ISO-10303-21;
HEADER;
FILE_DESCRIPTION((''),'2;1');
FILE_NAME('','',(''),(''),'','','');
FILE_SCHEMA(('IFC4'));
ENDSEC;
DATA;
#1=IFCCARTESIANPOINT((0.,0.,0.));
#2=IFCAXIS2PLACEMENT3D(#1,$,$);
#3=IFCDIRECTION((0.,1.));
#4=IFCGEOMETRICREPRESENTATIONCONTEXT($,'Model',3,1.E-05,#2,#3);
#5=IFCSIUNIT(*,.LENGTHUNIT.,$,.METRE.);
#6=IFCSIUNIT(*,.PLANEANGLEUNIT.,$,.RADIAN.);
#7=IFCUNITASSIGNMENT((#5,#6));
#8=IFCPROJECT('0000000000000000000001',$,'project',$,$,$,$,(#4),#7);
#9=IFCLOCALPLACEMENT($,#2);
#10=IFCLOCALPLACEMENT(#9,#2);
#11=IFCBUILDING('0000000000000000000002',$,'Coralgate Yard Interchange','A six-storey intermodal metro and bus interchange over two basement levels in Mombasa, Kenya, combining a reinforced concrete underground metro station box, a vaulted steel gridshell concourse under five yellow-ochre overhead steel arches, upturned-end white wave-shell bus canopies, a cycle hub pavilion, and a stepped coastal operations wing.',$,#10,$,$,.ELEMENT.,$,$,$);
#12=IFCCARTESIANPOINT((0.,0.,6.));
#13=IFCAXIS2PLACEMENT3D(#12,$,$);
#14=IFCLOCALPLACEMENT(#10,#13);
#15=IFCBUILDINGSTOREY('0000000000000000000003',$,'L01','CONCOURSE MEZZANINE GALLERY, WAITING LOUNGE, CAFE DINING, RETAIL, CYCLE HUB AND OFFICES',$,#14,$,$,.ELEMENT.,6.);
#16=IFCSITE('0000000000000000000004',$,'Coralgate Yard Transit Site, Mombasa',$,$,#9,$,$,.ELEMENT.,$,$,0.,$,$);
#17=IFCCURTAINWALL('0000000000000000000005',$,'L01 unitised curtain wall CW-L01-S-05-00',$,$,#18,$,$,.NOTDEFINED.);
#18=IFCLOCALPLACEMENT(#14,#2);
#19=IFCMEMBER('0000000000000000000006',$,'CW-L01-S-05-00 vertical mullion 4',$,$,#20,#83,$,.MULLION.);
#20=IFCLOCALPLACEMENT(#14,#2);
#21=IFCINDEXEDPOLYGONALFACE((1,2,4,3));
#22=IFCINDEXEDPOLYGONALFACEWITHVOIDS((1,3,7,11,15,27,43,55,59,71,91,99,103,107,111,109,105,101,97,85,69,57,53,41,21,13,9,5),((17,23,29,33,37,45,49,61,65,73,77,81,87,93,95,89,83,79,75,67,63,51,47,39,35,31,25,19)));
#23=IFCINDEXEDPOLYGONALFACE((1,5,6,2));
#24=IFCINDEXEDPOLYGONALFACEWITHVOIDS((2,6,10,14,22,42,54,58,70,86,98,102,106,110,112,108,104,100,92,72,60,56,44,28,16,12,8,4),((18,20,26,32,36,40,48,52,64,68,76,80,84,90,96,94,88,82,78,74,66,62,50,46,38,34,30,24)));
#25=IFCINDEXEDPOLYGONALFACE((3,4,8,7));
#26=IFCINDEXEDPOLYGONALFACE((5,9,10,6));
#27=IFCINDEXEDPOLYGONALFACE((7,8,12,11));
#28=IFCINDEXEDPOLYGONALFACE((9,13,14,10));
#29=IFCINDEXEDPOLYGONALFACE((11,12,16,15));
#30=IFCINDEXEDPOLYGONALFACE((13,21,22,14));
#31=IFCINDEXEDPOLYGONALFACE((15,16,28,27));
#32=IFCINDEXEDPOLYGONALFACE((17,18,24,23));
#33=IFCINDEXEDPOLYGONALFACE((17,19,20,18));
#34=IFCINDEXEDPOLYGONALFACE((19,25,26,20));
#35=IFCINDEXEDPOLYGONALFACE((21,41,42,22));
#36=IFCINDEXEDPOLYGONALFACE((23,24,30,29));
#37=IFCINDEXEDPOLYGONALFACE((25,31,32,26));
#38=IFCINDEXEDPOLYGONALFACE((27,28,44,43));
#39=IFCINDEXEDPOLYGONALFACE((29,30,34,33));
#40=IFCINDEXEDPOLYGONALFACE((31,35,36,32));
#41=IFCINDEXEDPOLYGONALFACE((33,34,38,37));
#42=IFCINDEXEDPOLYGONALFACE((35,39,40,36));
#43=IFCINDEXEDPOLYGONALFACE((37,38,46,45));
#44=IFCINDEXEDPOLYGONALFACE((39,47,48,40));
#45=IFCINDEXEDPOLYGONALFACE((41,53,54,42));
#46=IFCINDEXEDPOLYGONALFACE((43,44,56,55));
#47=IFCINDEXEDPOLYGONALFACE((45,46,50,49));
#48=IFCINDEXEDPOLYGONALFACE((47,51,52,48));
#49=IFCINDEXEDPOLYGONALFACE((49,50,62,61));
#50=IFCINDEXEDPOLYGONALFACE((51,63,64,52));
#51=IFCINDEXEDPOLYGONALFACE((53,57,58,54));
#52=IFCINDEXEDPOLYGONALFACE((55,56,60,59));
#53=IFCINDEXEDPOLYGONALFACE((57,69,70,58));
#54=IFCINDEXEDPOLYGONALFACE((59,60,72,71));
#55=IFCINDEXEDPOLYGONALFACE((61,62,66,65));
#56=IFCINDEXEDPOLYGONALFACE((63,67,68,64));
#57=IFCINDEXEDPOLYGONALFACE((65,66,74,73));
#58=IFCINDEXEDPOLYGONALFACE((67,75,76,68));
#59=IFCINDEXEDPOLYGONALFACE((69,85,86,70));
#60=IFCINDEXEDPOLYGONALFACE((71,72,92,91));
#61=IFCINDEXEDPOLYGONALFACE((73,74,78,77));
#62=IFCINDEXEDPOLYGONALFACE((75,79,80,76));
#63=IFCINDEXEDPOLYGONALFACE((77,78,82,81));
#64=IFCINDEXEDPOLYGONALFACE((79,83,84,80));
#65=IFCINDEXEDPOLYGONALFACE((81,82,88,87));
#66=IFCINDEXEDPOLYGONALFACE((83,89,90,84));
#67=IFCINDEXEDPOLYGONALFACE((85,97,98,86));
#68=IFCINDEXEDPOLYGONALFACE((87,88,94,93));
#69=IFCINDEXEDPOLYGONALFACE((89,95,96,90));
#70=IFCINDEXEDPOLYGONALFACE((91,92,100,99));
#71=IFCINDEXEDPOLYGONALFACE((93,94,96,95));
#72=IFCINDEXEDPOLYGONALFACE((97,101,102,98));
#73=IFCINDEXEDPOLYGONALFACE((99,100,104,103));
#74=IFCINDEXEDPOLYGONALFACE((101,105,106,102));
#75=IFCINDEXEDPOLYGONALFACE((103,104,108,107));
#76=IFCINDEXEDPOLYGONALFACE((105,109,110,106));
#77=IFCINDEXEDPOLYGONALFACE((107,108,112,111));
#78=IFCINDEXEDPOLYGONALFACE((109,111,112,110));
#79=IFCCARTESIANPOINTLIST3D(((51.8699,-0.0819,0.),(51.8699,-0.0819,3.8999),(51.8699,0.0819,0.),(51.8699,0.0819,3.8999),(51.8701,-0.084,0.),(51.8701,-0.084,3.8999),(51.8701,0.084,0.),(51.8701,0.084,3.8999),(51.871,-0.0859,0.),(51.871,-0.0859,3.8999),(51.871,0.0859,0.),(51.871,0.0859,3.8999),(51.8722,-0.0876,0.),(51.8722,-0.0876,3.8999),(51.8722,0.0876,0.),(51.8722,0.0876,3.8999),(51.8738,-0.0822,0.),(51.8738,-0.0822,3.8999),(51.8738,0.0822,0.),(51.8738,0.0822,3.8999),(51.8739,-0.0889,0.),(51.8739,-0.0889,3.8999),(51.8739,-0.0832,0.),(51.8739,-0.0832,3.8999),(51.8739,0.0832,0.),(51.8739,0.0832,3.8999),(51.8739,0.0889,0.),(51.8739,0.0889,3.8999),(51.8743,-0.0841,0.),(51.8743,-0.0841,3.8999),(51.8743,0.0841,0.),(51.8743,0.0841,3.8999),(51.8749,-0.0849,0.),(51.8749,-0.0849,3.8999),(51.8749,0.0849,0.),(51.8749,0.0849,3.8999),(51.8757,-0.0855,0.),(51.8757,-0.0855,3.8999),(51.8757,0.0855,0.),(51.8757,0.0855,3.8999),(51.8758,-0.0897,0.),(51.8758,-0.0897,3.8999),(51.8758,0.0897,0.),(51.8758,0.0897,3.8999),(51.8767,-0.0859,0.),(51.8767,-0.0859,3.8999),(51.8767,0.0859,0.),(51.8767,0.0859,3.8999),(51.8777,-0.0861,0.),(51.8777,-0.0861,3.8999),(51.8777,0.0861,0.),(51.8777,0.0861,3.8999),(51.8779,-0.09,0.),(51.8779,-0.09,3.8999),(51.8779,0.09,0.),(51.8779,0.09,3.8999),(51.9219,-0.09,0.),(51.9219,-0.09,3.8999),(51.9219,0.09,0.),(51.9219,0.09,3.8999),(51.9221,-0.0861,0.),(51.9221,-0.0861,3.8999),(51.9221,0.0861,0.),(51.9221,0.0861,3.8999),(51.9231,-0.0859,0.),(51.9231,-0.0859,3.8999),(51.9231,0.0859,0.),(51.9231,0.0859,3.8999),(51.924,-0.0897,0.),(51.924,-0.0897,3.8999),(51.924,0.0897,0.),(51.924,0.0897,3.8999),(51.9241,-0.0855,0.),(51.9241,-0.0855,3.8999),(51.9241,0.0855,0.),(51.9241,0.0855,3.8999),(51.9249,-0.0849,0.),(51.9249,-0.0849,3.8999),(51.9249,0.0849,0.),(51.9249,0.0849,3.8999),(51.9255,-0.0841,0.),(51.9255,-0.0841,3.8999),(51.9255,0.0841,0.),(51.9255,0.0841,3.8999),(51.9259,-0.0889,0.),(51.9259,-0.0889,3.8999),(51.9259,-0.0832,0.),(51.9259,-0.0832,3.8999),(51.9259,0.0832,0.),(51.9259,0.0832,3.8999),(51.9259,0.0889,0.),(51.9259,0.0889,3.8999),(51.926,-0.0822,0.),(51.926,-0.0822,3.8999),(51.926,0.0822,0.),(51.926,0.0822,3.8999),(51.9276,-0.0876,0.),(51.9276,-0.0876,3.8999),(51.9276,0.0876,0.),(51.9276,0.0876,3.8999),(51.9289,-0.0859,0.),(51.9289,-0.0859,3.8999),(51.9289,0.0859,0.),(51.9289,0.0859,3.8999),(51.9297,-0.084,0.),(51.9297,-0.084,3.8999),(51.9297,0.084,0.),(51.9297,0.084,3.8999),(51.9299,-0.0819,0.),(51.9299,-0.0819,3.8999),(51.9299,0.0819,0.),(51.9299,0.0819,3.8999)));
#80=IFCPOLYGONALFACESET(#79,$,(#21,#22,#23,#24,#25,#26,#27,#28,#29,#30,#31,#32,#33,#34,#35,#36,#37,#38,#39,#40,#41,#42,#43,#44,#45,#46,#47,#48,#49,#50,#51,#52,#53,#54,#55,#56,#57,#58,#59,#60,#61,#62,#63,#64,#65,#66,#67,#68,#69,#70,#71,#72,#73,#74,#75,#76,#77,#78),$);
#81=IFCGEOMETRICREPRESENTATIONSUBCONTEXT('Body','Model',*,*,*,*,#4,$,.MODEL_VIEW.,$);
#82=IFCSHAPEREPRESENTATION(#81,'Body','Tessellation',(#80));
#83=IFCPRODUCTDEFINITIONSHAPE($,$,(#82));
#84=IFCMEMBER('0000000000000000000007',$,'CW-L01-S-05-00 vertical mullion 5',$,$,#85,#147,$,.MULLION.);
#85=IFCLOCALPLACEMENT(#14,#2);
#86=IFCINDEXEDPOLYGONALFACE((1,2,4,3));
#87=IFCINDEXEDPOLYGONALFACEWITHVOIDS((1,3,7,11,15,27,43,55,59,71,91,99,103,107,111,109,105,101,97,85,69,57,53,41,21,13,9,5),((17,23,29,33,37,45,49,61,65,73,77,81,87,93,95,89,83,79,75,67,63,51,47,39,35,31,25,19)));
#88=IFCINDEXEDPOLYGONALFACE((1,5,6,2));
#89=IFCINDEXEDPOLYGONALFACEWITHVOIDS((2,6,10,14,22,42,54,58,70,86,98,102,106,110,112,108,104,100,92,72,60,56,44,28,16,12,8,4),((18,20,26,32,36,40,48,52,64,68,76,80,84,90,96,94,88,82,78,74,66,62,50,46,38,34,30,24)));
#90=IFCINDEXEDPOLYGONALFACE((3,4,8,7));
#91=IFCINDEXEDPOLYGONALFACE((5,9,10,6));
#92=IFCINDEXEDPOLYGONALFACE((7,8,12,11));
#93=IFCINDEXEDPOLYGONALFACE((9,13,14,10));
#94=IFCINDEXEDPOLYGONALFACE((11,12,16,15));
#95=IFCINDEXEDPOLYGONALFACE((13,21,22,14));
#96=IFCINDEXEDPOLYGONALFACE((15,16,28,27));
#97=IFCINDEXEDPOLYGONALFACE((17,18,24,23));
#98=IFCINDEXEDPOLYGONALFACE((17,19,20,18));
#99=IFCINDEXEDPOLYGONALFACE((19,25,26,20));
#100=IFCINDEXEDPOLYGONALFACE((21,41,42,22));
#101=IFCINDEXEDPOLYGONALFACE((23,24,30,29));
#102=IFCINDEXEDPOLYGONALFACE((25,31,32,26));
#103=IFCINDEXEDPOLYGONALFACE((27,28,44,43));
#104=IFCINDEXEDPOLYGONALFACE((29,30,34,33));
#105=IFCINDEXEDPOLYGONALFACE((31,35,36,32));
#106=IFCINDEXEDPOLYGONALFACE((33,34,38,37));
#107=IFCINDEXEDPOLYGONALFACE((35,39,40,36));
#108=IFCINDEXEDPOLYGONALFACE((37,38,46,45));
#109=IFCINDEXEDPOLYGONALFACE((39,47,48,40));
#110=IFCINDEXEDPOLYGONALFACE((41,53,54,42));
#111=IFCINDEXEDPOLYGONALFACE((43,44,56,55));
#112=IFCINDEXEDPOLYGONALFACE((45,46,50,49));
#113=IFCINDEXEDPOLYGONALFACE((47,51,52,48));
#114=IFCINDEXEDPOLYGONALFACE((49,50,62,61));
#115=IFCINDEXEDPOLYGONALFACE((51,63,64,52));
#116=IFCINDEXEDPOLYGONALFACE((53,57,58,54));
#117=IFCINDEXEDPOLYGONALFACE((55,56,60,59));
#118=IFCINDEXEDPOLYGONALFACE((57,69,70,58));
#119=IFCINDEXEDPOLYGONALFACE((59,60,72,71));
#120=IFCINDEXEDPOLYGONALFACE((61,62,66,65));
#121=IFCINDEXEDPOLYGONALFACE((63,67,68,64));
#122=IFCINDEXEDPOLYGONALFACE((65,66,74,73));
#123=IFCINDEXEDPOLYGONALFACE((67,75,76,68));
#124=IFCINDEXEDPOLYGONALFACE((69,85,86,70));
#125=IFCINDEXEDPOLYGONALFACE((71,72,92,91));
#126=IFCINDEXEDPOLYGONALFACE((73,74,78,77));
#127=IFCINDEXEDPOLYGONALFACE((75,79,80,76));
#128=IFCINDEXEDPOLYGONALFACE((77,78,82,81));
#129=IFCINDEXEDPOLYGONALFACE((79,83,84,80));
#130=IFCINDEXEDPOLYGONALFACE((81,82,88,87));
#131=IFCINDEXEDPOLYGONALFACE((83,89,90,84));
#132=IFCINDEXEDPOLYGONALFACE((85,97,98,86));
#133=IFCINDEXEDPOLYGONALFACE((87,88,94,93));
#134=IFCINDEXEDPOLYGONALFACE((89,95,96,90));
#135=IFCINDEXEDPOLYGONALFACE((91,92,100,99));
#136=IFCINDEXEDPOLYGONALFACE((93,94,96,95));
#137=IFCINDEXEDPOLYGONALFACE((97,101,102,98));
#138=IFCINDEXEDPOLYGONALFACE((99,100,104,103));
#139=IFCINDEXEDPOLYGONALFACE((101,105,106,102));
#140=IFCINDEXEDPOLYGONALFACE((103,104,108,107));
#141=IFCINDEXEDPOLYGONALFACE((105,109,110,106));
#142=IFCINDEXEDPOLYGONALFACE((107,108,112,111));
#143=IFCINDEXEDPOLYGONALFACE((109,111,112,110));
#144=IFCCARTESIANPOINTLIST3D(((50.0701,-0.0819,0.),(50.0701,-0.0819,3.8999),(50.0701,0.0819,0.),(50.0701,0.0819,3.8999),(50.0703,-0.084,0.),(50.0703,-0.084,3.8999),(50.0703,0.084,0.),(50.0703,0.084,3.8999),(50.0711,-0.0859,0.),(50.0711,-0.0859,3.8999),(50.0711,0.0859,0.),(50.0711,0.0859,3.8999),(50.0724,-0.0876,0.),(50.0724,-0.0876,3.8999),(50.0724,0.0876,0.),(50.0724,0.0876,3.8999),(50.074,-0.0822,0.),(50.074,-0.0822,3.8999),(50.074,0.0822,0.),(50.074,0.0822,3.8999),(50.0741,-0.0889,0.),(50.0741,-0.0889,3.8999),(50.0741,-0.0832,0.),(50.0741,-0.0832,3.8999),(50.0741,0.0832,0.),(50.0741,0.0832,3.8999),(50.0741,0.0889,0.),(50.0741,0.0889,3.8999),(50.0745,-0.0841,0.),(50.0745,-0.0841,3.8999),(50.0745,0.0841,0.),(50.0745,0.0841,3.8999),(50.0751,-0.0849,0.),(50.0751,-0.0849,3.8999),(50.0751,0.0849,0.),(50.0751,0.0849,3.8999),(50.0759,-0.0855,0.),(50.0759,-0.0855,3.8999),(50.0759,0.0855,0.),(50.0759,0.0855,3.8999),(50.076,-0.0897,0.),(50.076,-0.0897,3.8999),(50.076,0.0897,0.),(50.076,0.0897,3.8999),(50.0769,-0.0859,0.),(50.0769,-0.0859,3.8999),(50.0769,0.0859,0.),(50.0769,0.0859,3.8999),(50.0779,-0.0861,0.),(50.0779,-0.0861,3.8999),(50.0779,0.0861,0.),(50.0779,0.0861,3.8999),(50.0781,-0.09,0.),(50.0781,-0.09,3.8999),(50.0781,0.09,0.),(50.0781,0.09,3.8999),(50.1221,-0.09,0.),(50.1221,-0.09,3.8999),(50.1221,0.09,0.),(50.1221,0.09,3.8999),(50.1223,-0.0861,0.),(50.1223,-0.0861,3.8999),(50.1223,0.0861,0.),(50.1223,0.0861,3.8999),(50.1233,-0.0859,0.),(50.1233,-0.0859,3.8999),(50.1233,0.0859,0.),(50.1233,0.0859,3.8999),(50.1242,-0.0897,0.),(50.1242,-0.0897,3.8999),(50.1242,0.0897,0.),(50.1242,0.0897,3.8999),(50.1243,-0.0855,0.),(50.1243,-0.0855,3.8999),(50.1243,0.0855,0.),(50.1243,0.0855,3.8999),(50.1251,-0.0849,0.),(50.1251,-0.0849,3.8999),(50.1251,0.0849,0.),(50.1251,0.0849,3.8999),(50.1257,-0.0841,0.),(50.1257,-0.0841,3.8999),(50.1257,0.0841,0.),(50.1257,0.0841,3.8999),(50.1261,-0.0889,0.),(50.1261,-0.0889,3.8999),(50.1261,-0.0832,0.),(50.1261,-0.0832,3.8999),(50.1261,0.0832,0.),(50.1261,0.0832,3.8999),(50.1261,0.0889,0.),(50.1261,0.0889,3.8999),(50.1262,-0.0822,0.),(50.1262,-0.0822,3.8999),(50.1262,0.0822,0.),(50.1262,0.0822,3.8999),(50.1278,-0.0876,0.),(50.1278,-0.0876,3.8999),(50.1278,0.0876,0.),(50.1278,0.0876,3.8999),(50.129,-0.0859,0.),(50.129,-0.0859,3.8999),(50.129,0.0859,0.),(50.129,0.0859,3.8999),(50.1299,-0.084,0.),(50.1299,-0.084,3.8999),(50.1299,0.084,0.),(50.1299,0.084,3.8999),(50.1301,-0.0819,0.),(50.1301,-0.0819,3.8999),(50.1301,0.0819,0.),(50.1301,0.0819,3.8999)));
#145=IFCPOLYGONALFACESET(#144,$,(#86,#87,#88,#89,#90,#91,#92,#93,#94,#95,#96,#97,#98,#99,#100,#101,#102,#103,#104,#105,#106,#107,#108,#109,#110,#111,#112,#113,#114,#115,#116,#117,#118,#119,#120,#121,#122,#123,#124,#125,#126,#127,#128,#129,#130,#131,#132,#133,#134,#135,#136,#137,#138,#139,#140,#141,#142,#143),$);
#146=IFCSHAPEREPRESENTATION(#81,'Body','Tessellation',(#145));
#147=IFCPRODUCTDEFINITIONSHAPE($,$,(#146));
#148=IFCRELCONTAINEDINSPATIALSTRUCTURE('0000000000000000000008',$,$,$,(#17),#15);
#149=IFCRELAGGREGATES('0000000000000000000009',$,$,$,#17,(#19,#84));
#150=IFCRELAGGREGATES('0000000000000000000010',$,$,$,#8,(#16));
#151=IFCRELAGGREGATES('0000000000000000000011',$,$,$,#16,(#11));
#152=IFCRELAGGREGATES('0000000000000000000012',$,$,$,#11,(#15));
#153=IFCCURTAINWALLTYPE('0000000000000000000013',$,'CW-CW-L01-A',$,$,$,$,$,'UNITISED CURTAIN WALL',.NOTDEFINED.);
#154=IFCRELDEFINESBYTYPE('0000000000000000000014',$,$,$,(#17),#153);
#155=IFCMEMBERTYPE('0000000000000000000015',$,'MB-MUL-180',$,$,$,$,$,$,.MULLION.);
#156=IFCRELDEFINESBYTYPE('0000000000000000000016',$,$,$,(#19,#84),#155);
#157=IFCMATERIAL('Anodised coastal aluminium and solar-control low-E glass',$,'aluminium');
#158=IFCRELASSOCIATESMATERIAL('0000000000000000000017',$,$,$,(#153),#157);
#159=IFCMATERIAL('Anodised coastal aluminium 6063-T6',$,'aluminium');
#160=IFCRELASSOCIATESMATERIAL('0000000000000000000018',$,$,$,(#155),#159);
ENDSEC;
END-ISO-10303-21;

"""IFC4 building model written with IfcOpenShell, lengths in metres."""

from ifc_helpers import new_model, si_unit, direction, frame, origin, origin_2d, place, context, subcontext, project, spatial, hollow_rectangle, extrude, material, material_profile, profile_set, type_object, element, aggregate, save


model = new_model("IFC4")

# Units and contexts
model_context = context("Model", 3, precision=1e-05, world=origin(), true_north=direction((0.0, 1.0)))
body_context = subcontext(model_context, "Body", "Model", "MODEL_VIEW")
ifc_project = project(units=[si_unit("LENGTHUNIT", "METRE"), si_unit("PLANEANGLEUNIT", "RADIAN")], contexts=[model_context])

# Site, building, storey
site_placement = place(None, origin())
site = spatial("IfcSite", under=ifc_project, at=site_placement, Name="Coralgate Yard Transit Site, Mombasa", CompositionType="ELEMENT", RefElevation=0.0)
building_placement = place(site_placement, origin())
building = spatial("IfcBuilding", under=site, at=building_placement, Name="Coralgate Yard Interchange", Description="A six-storey intermodal metro and bus interchange over two basement levels in Mombasa, Kenya, combining a reinforced concrete underground metro station box, a vaulted steel gridshell concourse under five yellow-ochre overhead steel arches, upturned-end white wave-shell bus canopies, a cycle hub pavilion, and a stepped coastal operations wing.", CompositionType="ELEMENT")
storey_placement = place(building_placement, frame((0.0, 0.0, 6.0)))
storey = spatial("IfcBuildingStorey", under=building, at=storey_placement, Name="L01", Description="CONCOURSE MEZZANINE GALLERY, WAITING LOUNGE, CAFE DINING, RETAIL, CYCLE HUB AND OFFICES", CompositionType="ELEMENT", Elevation=6.0)

# Curtain wall, members
ifc_material_1 = material(Name="Anodised coastal aluminium and solar-control low-E glass", Category="aluminium")
curtain_wall_type = type_object("IfcCurtainWallType", Name="CW-CW-L01-A", ElementType="UNITISED CURTAIN WALL", PredefinedType="NOTDEFINED", material=ifc_material_1)
curtain_wall_placement = place(storey_placement, origin())
curtain_wall = element("IfcCurtainWall", 1, at=curtain_wall_placement, inside=storey, type_object=curtain_wall_type, Name="L01 unitised curtain wall CW-L01-S-05-00", PredefinedType="NOTDEFINED")
ifc_material_2 = material(Name="Anodised coastal aluminium 6063-T6", Category="aluminium")
ifc_material_profile_1 = material_profile(ifc_material_2, hollow_rectangle(XDim=0.0601, YDim=0.1799, WallThickness=0.0039, InnerFilletRadius=0.0039, OuterFilletRadius=0.0081, at=origin_2d()), Name="ALU 60x180x4")
ifc_profile_set_1 = profile_set([ifc_material_profile_1], Name="Anodised coastal aluminium 6063-T6")
member_type_1 = type_object("IfcMemberType", Name="MB-MUL-180", PredefinedType="MULLION", material=ifc_profile_set_1)
member_1_placement = place(storey_placement, frame((51.8999, 0.0, 0.0), z_axis=(0.0, 0.0, 1.0), x_axis=(1.0, 0.0, 0.0)))
member_1 = element("IfcMember", 2, at=member_1_placement, type_object=member_type_1, Name="CW-L01-S-05-00 vertical mullion 4", PredefinedType="MULLION", context=body_context, shape_type="SweptSolid", body=[
    extrude(hollow_rectangle(XDim=0.0601, YDim=0.1799, WallThickness=0.0039, InnerFilletRadius=0.0039, OuterFilletRadius=0.0081, at=origin_2d()), origin(), (0.0, 0.0, 1.0), 3.8999),
])
member_2_placement = place(storey_placement, frame((50.1001, 0.0, 0.0), z_axis=(0.0, 0.0, 1.0), x_axis=(1.0, 0.0, 0.0)))
member_2 = element("IfcMember", 3, at=member_2_placement, type_object=member_type_1, Name="CW-L01-S-05-00 vertical mullion 5", PredefinedType="MULLION", context=body_context, shape_type="SweptSolid", body=[
    extrude(hollow_rectangle(XDim=0.0601, YDim=0.1799, WallThickness=0.0039, InnerFilletRadius=0.0039, OuterFilletRadius=0.0081, at=origin_2d()), origin(), (0.0, 0.0, 1.0), 3.8999),
])
aggregate(curtain_wall, [member_1, member_2])

save(model, "model.ifc")
